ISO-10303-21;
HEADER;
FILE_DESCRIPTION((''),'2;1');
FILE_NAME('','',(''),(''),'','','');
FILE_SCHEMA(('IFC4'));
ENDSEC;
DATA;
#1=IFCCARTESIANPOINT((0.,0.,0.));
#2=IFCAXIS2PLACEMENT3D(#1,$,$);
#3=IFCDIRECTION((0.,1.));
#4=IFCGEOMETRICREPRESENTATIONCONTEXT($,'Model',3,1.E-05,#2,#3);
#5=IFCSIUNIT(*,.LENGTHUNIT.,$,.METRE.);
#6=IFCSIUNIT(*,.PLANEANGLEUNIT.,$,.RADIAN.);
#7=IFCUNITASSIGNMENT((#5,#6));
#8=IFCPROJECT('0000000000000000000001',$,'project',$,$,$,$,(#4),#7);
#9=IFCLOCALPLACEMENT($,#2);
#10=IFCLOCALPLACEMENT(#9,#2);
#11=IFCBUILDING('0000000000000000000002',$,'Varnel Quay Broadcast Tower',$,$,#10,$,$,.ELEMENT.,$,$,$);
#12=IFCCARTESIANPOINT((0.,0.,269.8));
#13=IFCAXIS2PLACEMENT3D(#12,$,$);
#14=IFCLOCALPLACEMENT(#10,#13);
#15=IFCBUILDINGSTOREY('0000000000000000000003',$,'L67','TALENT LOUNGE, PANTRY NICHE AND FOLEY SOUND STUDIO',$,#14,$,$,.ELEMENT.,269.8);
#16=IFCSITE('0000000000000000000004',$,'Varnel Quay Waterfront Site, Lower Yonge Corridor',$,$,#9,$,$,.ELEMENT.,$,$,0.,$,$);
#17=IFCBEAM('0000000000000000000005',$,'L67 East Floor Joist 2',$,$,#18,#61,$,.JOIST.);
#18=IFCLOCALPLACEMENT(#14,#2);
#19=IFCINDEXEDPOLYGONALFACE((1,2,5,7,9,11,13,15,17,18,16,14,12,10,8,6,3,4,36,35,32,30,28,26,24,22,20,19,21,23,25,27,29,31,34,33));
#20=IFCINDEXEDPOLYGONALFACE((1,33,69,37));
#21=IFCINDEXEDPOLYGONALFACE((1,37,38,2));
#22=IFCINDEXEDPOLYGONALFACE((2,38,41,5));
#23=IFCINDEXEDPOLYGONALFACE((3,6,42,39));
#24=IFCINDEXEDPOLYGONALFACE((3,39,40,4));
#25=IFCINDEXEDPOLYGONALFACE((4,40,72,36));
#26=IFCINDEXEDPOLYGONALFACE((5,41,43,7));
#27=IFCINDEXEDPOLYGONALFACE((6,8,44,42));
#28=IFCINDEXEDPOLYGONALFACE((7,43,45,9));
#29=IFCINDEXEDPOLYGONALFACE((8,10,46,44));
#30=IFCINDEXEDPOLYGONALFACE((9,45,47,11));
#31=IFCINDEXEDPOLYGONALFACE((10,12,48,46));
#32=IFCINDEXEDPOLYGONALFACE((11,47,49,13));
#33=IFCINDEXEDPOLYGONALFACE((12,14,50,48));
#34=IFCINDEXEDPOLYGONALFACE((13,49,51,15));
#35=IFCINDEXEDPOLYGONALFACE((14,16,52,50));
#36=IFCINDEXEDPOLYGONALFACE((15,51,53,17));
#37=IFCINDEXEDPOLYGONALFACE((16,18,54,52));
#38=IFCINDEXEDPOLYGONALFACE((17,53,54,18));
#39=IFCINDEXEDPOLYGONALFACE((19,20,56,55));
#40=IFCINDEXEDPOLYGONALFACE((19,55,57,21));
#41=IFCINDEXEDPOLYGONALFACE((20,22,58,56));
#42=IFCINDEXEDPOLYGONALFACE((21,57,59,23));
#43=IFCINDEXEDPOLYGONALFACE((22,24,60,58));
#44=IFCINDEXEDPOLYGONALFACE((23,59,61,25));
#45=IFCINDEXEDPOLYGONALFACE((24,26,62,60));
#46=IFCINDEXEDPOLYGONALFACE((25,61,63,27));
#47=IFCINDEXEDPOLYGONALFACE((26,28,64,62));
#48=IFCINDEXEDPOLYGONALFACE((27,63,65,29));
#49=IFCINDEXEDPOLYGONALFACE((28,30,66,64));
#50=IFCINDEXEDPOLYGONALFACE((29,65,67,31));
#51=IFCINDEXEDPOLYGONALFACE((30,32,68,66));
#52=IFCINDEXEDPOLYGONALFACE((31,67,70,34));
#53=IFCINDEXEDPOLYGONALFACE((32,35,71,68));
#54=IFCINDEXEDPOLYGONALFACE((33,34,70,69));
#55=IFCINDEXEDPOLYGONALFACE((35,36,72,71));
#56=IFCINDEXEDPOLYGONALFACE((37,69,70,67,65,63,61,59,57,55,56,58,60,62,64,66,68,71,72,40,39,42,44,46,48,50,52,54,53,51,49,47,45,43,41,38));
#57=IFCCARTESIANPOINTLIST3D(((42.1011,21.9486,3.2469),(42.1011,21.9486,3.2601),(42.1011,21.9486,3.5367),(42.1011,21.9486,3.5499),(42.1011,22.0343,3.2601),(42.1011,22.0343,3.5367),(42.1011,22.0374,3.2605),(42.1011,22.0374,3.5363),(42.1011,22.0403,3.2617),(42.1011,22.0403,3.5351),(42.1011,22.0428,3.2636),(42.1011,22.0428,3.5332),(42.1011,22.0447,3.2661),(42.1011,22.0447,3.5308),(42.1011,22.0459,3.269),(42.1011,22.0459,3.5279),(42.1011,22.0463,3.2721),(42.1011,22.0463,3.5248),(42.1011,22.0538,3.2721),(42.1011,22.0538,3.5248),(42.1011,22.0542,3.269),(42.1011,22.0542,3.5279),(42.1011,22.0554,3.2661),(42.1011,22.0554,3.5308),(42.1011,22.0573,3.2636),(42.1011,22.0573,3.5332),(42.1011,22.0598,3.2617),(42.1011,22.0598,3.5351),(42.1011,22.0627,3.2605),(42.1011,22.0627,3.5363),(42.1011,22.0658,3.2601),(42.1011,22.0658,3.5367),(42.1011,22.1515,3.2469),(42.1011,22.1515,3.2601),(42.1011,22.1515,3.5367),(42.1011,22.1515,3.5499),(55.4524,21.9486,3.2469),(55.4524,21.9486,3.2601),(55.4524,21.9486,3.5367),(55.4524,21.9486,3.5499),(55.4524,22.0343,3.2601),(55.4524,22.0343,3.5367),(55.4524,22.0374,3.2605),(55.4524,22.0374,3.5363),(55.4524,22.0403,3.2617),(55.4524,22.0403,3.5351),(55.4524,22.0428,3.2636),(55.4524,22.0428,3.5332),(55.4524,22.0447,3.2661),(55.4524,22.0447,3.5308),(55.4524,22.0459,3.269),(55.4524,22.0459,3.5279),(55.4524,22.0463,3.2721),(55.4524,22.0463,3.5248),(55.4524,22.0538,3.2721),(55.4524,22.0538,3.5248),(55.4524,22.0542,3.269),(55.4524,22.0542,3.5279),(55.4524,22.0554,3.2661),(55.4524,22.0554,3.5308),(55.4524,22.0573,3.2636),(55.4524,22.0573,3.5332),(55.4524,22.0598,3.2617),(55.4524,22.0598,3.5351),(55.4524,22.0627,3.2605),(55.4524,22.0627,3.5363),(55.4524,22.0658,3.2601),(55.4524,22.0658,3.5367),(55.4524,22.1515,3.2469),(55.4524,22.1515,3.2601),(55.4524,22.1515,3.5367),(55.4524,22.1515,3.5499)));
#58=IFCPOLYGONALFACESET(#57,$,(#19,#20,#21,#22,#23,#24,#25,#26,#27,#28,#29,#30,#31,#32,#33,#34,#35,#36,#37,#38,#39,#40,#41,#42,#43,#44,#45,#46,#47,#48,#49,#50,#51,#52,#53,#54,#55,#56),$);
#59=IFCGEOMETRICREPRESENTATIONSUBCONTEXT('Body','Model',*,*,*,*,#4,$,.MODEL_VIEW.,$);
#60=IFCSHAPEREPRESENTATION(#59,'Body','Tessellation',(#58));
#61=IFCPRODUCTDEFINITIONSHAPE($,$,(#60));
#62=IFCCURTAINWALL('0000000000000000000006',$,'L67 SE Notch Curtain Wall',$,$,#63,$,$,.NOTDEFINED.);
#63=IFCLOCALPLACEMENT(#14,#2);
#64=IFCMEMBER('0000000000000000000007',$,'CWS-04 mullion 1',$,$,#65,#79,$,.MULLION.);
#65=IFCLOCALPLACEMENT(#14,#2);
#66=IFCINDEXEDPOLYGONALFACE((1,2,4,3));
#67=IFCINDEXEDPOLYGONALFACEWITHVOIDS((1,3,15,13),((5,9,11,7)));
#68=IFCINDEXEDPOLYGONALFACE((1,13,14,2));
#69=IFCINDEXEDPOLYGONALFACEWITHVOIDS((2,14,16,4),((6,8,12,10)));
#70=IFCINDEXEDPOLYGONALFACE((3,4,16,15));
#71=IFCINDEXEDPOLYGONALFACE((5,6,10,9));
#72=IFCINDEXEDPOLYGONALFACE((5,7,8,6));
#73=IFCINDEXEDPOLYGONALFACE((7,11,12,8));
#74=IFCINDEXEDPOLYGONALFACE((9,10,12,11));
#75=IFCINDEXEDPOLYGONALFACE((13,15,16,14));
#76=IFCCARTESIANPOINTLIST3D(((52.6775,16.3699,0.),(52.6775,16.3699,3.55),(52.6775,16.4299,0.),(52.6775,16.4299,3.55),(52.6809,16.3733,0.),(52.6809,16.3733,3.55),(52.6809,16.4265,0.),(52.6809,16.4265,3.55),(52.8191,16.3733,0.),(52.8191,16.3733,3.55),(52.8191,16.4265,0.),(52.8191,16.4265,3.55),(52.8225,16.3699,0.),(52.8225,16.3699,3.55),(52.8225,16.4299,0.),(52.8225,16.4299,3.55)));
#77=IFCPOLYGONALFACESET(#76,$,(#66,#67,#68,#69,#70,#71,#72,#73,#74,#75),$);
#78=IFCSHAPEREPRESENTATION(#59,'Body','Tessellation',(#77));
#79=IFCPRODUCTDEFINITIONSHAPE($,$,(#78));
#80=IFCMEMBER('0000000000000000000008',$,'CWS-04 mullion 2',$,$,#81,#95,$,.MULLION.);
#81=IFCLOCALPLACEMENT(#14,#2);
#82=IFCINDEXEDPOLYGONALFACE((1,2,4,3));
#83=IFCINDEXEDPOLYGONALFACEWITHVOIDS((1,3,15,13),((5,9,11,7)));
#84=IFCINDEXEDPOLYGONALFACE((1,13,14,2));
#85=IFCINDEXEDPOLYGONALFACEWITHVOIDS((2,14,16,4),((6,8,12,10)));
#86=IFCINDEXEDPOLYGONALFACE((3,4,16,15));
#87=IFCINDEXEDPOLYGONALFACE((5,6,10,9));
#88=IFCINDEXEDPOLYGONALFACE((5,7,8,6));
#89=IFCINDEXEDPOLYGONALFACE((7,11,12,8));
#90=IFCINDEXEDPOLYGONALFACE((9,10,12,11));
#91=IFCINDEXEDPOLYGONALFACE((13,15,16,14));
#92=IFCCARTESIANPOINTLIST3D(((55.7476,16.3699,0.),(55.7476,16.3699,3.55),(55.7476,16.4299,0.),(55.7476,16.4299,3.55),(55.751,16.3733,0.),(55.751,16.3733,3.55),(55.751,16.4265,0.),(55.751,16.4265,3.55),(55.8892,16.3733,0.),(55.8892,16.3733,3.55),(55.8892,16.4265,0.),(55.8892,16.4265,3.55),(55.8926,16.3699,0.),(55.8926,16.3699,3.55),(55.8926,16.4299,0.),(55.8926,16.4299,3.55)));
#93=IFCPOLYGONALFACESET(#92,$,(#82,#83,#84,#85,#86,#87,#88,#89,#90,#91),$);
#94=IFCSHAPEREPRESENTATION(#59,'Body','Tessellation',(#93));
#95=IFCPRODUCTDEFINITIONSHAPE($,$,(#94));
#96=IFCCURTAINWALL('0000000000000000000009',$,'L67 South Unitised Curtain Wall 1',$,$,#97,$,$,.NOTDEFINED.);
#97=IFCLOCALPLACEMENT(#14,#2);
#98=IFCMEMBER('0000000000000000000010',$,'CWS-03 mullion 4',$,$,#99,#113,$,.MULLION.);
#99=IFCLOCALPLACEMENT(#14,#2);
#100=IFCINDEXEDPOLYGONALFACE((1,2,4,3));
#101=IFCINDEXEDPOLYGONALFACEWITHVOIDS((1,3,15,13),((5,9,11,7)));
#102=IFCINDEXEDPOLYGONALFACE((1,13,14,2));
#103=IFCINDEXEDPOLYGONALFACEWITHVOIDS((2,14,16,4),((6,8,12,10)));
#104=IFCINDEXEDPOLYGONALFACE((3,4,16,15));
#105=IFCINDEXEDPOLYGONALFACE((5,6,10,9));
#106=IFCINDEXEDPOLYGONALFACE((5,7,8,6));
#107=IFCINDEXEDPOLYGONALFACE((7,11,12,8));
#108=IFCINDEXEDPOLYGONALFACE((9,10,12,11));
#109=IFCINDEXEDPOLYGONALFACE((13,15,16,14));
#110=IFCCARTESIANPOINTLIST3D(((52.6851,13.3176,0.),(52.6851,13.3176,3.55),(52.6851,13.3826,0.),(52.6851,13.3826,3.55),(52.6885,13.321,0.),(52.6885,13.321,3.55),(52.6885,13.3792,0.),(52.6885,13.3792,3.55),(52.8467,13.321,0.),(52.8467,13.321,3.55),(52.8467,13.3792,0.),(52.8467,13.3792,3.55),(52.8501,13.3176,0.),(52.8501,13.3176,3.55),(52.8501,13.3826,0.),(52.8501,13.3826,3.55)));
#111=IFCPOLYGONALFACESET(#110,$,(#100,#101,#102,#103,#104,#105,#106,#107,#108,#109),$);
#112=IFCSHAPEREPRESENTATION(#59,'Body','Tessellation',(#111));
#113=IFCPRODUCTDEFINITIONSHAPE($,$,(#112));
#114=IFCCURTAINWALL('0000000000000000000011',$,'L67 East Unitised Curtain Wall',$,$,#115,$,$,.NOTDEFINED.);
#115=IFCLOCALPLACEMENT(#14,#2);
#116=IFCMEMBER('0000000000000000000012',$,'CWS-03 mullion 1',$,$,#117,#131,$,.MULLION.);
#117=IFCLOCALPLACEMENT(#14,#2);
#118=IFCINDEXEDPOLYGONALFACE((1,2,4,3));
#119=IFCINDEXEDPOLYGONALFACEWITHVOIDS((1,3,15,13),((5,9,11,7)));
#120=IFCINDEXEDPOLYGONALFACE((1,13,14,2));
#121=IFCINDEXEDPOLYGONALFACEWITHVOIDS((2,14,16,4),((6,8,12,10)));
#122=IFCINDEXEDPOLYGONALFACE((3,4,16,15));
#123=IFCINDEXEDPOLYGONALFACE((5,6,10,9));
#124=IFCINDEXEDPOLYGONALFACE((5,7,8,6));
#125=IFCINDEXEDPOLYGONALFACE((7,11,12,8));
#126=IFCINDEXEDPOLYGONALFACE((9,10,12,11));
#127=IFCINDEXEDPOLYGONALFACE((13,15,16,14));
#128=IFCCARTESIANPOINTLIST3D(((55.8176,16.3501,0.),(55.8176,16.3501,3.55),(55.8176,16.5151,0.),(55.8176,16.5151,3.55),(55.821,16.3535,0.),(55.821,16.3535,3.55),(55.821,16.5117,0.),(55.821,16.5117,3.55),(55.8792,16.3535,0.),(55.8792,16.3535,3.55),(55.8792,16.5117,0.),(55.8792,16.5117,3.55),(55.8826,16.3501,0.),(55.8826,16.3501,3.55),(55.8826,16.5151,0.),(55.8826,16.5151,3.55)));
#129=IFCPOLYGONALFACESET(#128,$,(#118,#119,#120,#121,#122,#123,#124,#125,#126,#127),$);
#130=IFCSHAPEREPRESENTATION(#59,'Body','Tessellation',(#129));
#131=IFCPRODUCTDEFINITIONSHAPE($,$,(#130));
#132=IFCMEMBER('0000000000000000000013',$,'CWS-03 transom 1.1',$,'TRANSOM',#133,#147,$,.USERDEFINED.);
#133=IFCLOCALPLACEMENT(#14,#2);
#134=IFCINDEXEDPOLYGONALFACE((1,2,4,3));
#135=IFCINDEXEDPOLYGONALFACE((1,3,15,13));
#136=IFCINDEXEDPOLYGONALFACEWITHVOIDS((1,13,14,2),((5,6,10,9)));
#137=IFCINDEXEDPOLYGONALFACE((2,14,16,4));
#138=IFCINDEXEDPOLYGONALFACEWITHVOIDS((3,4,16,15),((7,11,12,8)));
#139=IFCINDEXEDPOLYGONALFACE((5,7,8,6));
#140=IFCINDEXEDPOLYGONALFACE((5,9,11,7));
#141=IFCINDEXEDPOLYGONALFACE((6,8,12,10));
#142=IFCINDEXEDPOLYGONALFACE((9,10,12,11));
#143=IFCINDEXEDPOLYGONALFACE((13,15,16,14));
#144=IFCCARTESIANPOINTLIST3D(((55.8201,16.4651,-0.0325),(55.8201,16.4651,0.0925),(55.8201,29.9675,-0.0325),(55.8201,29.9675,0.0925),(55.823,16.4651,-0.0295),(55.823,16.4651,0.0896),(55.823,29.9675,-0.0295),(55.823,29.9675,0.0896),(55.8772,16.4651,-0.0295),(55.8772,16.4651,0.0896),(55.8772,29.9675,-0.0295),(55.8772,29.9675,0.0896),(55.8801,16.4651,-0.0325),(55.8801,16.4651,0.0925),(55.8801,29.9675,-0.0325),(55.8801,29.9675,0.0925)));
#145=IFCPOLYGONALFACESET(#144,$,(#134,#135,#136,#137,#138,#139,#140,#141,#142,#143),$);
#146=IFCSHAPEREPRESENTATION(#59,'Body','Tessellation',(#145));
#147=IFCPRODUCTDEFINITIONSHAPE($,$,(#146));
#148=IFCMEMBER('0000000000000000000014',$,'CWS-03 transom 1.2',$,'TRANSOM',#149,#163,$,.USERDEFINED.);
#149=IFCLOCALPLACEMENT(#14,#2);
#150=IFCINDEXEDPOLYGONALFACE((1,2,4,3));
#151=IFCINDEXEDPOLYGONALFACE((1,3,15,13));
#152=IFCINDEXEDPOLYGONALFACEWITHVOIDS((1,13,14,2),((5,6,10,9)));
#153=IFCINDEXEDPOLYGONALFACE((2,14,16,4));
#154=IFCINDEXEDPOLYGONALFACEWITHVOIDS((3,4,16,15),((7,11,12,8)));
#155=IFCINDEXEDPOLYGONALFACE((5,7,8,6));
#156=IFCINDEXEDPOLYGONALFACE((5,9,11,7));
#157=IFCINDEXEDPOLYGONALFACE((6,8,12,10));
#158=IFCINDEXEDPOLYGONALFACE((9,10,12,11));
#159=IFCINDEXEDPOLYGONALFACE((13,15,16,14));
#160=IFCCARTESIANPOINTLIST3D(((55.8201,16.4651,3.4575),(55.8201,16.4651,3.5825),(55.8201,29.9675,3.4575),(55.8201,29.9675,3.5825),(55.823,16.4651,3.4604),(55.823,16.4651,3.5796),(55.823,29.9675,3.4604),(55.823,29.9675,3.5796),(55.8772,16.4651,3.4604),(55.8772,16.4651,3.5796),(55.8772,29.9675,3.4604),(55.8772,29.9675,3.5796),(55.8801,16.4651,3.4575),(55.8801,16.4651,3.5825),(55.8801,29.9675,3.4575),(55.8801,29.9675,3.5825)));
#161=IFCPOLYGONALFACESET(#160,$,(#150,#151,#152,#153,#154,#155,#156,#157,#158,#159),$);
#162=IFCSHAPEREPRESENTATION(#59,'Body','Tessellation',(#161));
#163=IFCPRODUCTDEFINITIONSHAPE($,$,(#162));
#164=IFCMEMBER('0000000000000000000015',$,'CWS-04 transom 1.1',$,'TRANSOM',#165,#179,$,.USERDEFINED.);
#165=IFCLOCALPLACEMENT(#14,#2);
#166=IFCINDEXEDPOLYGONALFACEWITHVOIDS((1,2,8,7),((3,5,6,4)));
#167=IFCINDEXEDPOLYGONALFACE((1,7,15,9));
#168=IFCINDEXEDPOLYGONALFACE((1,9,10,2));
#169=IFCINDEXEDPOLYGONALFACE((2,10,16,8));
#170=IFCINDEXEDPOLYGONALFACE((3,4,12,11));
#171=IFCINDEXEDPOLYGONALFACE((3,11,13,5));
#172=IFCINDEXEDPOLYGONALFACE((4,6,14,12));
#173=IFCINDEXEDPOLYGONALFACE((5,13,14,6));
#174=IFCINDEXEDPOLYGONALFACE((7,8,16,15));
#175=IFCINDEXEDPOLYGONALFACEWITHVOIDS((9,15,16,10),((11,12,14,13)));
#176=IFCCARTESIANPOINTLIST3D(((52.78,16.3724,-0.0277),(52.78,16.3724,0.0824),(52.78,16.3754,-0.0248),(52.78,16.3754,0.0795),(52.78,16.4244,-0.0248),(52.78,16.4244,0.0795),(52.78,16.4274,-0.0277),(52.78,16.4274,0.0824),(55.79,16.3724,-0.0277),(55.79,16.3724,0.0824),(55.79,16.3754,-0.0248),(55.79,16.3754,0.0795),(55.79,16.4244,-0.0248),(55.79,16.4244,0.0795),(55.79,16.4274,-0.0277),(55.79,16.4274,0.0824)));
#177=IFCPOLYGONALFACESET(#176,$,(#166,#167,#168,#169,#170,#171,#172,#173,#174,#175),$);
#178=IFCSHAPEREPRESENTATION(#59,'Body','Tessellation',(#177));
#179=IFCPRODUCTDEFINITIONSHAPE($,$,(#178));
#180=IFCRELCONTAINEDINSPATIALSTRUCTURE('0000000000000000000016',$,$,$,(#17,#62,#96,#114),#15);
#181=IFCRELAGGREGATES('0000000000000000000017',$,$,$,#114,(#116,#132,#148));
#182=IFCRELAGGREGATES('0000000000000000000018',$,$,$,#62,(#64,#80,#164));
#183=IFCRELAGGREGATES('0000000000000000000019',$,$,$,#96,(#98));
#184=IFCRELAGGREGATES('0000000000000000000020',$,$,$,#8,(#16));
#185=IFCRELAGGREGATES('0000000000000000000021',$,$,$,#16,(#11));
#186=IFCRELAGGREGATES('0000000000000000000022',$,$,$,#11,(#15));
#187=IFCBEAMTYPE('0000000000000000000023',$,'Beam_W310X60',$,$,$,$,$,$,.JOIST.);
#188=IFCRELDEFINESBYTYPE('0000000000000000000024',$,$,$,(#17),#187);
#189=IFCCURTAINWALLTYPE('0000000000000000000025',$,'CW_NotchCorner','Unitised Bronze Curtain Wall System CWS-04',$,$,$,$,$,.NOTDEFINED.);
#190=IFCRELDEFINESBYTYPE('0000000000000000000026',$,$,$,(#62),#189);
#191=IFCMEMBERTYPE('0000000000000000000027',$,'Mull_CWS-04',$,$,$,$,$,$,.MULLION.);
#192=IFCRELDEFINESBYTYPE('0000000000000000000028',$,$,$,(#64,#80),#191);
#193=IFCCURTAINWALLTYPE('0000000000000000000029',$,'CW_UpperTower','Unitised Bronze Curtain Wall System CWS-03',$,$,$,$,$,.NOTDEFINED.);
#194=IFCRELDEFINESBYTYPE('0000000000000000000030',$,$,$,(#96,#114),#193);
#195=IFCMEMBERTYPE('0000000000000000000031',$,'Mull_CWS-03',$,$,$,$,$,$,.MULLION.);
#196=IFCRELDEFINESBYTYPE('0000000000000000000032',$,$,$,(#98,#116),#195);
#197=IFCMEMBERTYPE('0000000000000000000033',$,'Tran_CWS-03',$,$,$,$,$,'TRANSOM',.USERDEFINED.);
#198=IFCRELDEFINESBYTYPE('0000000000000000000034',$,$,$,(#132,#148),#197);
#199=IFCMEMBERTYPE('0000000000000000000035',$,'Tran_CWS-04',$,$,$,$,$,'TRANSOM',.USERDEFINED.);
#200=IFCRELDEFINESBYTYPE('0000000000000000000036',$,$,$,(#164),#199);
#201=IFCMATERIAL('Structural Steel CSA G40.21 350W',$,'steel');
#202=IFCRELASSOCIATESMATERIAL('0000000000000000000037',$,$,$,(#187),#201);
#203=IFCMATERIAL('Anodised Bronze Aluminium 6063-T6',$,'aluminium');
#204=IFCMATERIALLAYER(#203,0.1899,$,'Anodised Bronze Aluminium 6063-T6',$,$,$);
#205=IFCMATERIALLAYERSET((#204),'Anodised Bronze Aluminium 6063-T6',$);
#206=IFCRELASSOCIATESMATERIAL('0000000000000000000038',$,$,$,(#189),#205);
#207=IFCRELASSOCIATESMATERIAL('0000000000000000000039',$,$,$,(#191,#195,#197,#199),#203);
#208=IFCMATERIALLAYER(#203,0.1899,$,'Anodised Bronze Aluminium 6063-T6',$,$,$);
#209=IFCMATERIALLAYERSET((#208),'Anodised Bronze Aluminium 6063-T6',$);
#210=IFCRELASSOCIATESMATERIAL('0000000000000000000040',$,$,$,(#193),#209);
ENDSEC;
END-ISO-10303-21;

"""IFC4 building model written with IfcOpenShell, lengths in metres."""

from ifc_helpers import new_model, si_unit, direction, frame, origin, origin_2d, place, context, subcontext, project, spatial, hollow_rectangle, i_section, extrude, source, transform, mapped, material, layer, layer_set, material_profile, profile_set, type_object, type_shapes, element, aggregate, save


model = new_model("IFC4")

# Units and contexts
model_context = context("Model", 3, precision=1e-05, world=origin(), true_north=direction((0.0, 1.0)))
body_context = subcontext(model_context, "Body", "Model", "MODEL_VIEW")
ifc_project = project(units=[si_unit("LENGTHUNIT", "METRE"), si_unit("PLANEANGLEUNIT", "RADIAN")], contexts=[model_context])

# Site, building, storey
site_placement = place(None, origin())
site = spatial("IfcSite", under=ifc_project, at=site_placement, Name="Varnel Quay Waterfront Site, Lower Yonge Corridor", CompositionType="ELEMENT", RefElevation=0.0)
building_placement = place(site_placement, origin())
building = spatial("IfcBuilding", under=site, at=building_placement, Name="Varnel Quay Broadcast Tower", CompositionType="ELEMENT")
storey_placement = place(building_placement, frame((0.0, 0.0, 269.8)))
storey = spatial("IfcBuildingStorey", under=building, at=storey_placement, Name="L67", Description="TALENT LOUNGE, PANTRY NICHE AND FOLEY SOUND STUDIO", CompositionType="ELEMENT", Elevation=269.8)

# Shared definitions
ifc_material_1 = material(Name="Structural Steel CSA G40.21 350W", Category="steel")

# Beam
ifc_material_profile_1 = material_profile(ifc_material_1, i_section(OverallWidth=0.2029, OverallDepth=0.303, WebThickness=0.0076, FlangeThickness=0.0132, FilletRadius=0.012, at=origin_2d()), Name="W310X60")
ifc_profile_set_1 = profile_set([ifc_material_profile_1], Name="Structural Steel CSA G40.21 350W")
beam_type_1 = type_object("IfcBeamType", Name="Beam_W310X60", PredefinedType="JOIST", material=ifc_profile_set_1)
shared_shape_1 = source(origin(), body_context, "Body", "SweptSolid", [
    extrude(i_section(OverallWidth=0.2029, OverallDepth=0.303, WebThickness=0.0076, FlangeThickness=0.0132, FilletRadius=0.012, at=origin_2d()), origin(), (0.0, 0.0, 1.0), 13.3513),
])
type_shapes(beam_type_1, [shared_shape_1])
beam_1_placement = place(storey_placement, frame((42.1011, 22.05, 3.3984), z_axis=(1.0, 0.0, 0.0), x_axis=(0.0, 1.0, 0.0)))
element("IfcBeam", 1, at=beam_1_placement, inside=storey, type_object=beam_type_1, Name="L67 East Floor Joist 2", PredefinedType="JOIST", context=body_context, shape_type="MappedRepresentation", body=[
    mapped(shared_shape_1, transform((0.0, 0.0, 0.0), x_axis=(1.0, 0.0, 0.0), y_axis=(0.0, 1.0, 0.0), z_axis=(0.0, 0.0, 1.0), scale=1.0)),
])

# Curtain wall, members
ifc_material_2 = material(Name="Anodised Bronze Aluminium 6063-T6", Category="aluminium")
ifc_layer_1 = layer(ifc_material_2, 0.1899, Name="Anodised Bronze Aluminium 6063-T6")
ifc_layer_set_1 = layer_set([ifc_layer_1], Name="Anodised Bronze Aluminium 6063-T6")
curtain_wall_type_1 = type_object("IfcCurtainWallType", Name="CW_NotchCorner", Description="Unitised Bronze Curtain Wall System CWS-04", PredefinedType="NOTDEFINED", material=ifc_layer_set_1)
curtain_wall_1_placement = place(storey_placement, origin())
curtain_wall_1 = element("IfcCurtainWall", 2, at=curtain_wall_1_placement, inside=storey, type_object=curtain_wall_type_1, Name="L67 SE Notch Curtain Wall", PredefinedType="NOTDEFINED")
ifc_material_profile_2 = material_profile(ifc_material_2, hollow_rectangle(XDim=0.0601, YDim=0.145, WallThickness=0.0034, at=origin_2d()), Name="ALU60X145X3.5")
ifc_profile_set_2 = profile_set([ifc_material_profile_2], Name="Anodised Bronze Aluminium 6063-T6")
member_type_1 = type_object("IfcMemberType", Name="Mull_CWS-04", PredefinedType="MULLION", material=ifc_profile_set_2)
shared_shape_2 = source(origin(), body_context, "Body", "SweptSolid", [
    extrude(hollow_rectangle(XDim=0.0601, YDim=0.145, WallThickness=0.0034, at=origin_2d()), origin(), (0.0, 0.0, 1.0), 3.55),
])
type_shapes(member_type_1, [shared_shape_2])
member_1_placement = place(storey_placement, frame((52.75, 16.3999, 0.0), z_axis=(0.0, 0.0, 1.0), x_axis=(0.0, 1.0, 0.0)))
member_1 = element("IfcMember", 3, at=member_1_placement, type_object=member_type_1, Name="CWS-04 mullion 1", PredefinedType="MULLION", context=body_context, shape_type="MappedRepresentation", body=[
    mapped(shared_shape_2, transform((0.0, 0.0, 0.0), x_axis=(1.0, 0.0, 0.0), y_axis=(0.0, 1.0, 0.0), z_axis=(0.0, 0.0, 1.0), scale=1.0)),
])
member_2_placement = place(storey_placement, frame((55.8201, 16.3999, 0.0), z_axis=(0.0, 0.0, 1.0), x_axis=(0.0, 1.0, 0.0)))
member_2 = element("IfcMember", 4, at=member_2_placement, type_object=member_type_1, Name="CWS-04 mullion 2", PredefinedType="MULLION", context=body_context, shape_type="MappedRepresentation", body=[
    mapped(shared_shape_2, transform((0.0, 0.0, 0.0), x_axis=(1.0, 0.0, 0.0), y_axis=(0.0, 1.0, 0.0), z_axis=(0.0, 0.0, 1.0), scale=1.0)),
])

# Curtain wall, member
ifc_layer_2 = layer(ifc_material_2, 0.1899, Name="Anodised Bronze Aluminium 6063-T6")
ifc_layer_set_2 = layer_set([ifc_layer_2], Name="Anodised Bronze Aluminium 6063-T6")
curtain_wall_type_2 = type_object("IfcCurtainWallType", Name="CW_UpperTower", Description="Unitised Bronze Curtain Wall System CWS-03", PredefinedType="NOTDEFINED", material=ifc_layer_set_2)
curtain_wall_2_placement = place(storey_placement, origin())
curtain_wall_2 = element("IfcCurtainWall", 5, at=curtain_wall_2_placement, inside=storey, type_object=curtain_wall_type_2, Name="L67 South Unitised Curtain Wall 1", PredefinedType="NOTDEFINED")
ifc_material_profile_3 = material_profile(ifc_material_2, hollow_rectangle(XDim=0.0649, YDim=0.165, WallThickness=0.0034, at=origin_2d()), Name="ALU65X165X3.5")
ifc_profile_set_3 = profile_set([ifc_material_profile_3], Name="Anodised Bronze Aluminium 6063-T6")
member_type_2 = type_object("IfcMemberType", Name="Mull_CWS-03", PredefinedType="MULLION", material=ifc_profile_set_3)
shared_shape_3 = source(origin(), body_context, "Body", "SweptSolid", [
    extrude(hollow_rectangle(XDim=0.0649, YDim=0.165, WallThickness=0.0034, at=origin_2d()), origin(), (0.0, 0.0, 1.0), 3.55),
])
type_shapes(member_type_2, [shared_shape_3])
member_3_placement = place(storey_placement, frame((52.7676, 13.3501, 0.0), z_axis=(0.0, 0.0, 1.0), x_axis=(0.0, 1.0, 0.0)))
member_3 = element("IfcMember", 6, at=member_3_placement, type_object=member_type_2, Name="CWS-03 mullion 4", PredefinedType="MULLION", context=body_context, shape_type="MappedRepresentation", body=[
    mapped(shared_shape_3, transform((0.0, 0.0, 0.0), x_axis=(1.0, 0.0, 0.0), y_axis=(0.0, 1.0, 0.0), z_axis=(0.0, 0.0, 1.0), scale=1.0)),
])

# Curtain wall, members
curtain_wall_3_placement = place(storey_placement, origin())
curtain_wall_3 = element("IfcCurtainWall", 7, at=curtain_wall_3_placement, inside=storey, type_object=curtain_wall_type_2, Name="L67 East Unitised Curtain Wall", PredefinedType="NOTDEFINED")
member_4_placement = place(storey_placement, frame((55.8501, 16.4326, 0.0), z_axis=(0.0, 0.0, 1.0), x_axis=(-1.0, 0.0, 0.0)))
member_4 = element("IfcMember", 8, at=member_4_placement, type_object=member_type_2, Name="CWS-03 mullion 1", PredefinedType="MULLION", context=body_context, shape_type="MappedRepresentation", body=[
    mapped(shared_shape_3, transform((0.0, 0.0, 0.0), x_axis=(1.0, 0.0, 0.0), y_axis=(0.0, 1.0, 0.0), z_axis=(0.0, 0.0, 1.0), scale=1.0)),
])
ifc_material_profile_4 = material_profile(ifc_material_2, hollow_rectangle(XDim=0.0601, YDim=0.125, WallThickness=0.0029, at=origin_2d()), Name="ALU60X125X3")
ifc_profile_set_4 = profile_set([ifc_material_profile_4], Name="Anodised Bronze Aluminium 6063-T6")
member_type_3 = type_object("IfcMemberType", Name="Tran_CWS-03", ElementType="TRANSOM", PredefinedType="USERDEFINED", material=ifc_profile_set_4)
shared_shape_4 = source(origin(), body_context, "Body", "SweptSolid", [
    extrude(hollow_rectangle(XDim=0.0601, YDim=0.125, WallThickness=0.0029, at=origin_2d()), origin(), (0.0, 0.0, 1.0), 13.5024),
])
type_shapes(member_type_3, [shared_shape_4])
member_5_placement = place(storey_placement, frame((55.8501, 16.4651, 0.03), z_axis=(0.0, 1.0, 0.0), x_axis=(-1.0, 0.0, 0.0)))
member_5 = element("IfcMember", 9, at=member_5_placement, type_object=member_type_3, Name="CWS-03 transom 1.1", ObjectType="TRANSOM", PredefinedType="USERDEFINED", context=body_context, shape_type="MappedRepresentation", body=[
    mapped(shared_shape_4, transform((0.0, 0.0, 0.0), x_axis=(1.0, 0.0, 0.0), y_axis=(0.0, 1.0, 0.0), z_axis=(0.0, 0.0, 1.0), scale=1.0)),
])
member_6_placement = place(storey_placement, frame((55.8501, 16.4651, 3.52), z_axis=(0.0, 1.0, 0.0), x_axis=(-1.0, 0.0, 0.0)))
member_6 = element("IfcMember", 10, at=member_6_placement, type_object=member_type_3, Name="CWS-03 transom 1.2", ObjectType="TRANSOM", PredefinedType="USERDEFINED", context=body_context, shape_type="MappedRepresentation", body=[
    mapped(shared_shape_4, transform((0.0, 0.0, 0.0), x_axis=(1.0, 0.0, 0.0), y_axis=(0.0, 1.0, 0.0), z_axis=(0.0, 0.0, 1.0), scale=1.0)),
])

# Member
ifc_material_profile_5 = material_profile(ifc_material_2, hollow_rectangle(XDim=0.0549, YDim=0.1101, WallThickness=0.0029, at=origin_2d()), Name="ALU55X110X3")
ifc_profile_set_5 = profile_set([ifc_material_profile_5], Name="Anodised Bronze Aluminium 6063-T6")
member_type_4 = type_object("IfcMemberType", Name="Tran_CWS-04", ElementType="TRANSOM", PredefinedType="USERDEFINED", material=ifc_profile_set_5)
shared_shape_5 = source(origin(), body_context, "Body", "SweptSolid", [
    extrude(hollow_rectangle(XDim=0.0549, YDim=0.1101, WallThickness=0.0029, at=origin_2d()), origin(), (0.0, 0.0, 1.0), 3.01),
])
type_shapes(member_type_4, [shared_shape_5])
member_7_placement = place(storey_placement, frame((52.78, 16.3999, 0.0273), z_axis=(1.0, 0.0, 0.0), x_axis=(0.0, 1.0, 0.0)))
member_7 = element("IfcMember", 11, at=member_7_placement, type_object=member_type_4, Name="CWS-04 transom 1.1", ObjectType="TRANSOM", PredefinedType="USERDEFINED", context=body_context, shape_type="MappedRepresentation", body=[
    mapped(shared_shape_5, transform((0.0, 0.0, 0.0), x_axis=(1.0, 0.0, 0.0), y_axis=(0.0, 1.0, 0.0), z_axis=(0.0, 0.0, 1.0), scale=1.0)),
])

aggregate(curtain_wall_3, [member_4, member_5, member_6])
aggregate(curtain_wall_1, [member_1, member_2, member_7])
aggregate(curtain_wall_2, [member_3])

save(model, "model.ifc")
